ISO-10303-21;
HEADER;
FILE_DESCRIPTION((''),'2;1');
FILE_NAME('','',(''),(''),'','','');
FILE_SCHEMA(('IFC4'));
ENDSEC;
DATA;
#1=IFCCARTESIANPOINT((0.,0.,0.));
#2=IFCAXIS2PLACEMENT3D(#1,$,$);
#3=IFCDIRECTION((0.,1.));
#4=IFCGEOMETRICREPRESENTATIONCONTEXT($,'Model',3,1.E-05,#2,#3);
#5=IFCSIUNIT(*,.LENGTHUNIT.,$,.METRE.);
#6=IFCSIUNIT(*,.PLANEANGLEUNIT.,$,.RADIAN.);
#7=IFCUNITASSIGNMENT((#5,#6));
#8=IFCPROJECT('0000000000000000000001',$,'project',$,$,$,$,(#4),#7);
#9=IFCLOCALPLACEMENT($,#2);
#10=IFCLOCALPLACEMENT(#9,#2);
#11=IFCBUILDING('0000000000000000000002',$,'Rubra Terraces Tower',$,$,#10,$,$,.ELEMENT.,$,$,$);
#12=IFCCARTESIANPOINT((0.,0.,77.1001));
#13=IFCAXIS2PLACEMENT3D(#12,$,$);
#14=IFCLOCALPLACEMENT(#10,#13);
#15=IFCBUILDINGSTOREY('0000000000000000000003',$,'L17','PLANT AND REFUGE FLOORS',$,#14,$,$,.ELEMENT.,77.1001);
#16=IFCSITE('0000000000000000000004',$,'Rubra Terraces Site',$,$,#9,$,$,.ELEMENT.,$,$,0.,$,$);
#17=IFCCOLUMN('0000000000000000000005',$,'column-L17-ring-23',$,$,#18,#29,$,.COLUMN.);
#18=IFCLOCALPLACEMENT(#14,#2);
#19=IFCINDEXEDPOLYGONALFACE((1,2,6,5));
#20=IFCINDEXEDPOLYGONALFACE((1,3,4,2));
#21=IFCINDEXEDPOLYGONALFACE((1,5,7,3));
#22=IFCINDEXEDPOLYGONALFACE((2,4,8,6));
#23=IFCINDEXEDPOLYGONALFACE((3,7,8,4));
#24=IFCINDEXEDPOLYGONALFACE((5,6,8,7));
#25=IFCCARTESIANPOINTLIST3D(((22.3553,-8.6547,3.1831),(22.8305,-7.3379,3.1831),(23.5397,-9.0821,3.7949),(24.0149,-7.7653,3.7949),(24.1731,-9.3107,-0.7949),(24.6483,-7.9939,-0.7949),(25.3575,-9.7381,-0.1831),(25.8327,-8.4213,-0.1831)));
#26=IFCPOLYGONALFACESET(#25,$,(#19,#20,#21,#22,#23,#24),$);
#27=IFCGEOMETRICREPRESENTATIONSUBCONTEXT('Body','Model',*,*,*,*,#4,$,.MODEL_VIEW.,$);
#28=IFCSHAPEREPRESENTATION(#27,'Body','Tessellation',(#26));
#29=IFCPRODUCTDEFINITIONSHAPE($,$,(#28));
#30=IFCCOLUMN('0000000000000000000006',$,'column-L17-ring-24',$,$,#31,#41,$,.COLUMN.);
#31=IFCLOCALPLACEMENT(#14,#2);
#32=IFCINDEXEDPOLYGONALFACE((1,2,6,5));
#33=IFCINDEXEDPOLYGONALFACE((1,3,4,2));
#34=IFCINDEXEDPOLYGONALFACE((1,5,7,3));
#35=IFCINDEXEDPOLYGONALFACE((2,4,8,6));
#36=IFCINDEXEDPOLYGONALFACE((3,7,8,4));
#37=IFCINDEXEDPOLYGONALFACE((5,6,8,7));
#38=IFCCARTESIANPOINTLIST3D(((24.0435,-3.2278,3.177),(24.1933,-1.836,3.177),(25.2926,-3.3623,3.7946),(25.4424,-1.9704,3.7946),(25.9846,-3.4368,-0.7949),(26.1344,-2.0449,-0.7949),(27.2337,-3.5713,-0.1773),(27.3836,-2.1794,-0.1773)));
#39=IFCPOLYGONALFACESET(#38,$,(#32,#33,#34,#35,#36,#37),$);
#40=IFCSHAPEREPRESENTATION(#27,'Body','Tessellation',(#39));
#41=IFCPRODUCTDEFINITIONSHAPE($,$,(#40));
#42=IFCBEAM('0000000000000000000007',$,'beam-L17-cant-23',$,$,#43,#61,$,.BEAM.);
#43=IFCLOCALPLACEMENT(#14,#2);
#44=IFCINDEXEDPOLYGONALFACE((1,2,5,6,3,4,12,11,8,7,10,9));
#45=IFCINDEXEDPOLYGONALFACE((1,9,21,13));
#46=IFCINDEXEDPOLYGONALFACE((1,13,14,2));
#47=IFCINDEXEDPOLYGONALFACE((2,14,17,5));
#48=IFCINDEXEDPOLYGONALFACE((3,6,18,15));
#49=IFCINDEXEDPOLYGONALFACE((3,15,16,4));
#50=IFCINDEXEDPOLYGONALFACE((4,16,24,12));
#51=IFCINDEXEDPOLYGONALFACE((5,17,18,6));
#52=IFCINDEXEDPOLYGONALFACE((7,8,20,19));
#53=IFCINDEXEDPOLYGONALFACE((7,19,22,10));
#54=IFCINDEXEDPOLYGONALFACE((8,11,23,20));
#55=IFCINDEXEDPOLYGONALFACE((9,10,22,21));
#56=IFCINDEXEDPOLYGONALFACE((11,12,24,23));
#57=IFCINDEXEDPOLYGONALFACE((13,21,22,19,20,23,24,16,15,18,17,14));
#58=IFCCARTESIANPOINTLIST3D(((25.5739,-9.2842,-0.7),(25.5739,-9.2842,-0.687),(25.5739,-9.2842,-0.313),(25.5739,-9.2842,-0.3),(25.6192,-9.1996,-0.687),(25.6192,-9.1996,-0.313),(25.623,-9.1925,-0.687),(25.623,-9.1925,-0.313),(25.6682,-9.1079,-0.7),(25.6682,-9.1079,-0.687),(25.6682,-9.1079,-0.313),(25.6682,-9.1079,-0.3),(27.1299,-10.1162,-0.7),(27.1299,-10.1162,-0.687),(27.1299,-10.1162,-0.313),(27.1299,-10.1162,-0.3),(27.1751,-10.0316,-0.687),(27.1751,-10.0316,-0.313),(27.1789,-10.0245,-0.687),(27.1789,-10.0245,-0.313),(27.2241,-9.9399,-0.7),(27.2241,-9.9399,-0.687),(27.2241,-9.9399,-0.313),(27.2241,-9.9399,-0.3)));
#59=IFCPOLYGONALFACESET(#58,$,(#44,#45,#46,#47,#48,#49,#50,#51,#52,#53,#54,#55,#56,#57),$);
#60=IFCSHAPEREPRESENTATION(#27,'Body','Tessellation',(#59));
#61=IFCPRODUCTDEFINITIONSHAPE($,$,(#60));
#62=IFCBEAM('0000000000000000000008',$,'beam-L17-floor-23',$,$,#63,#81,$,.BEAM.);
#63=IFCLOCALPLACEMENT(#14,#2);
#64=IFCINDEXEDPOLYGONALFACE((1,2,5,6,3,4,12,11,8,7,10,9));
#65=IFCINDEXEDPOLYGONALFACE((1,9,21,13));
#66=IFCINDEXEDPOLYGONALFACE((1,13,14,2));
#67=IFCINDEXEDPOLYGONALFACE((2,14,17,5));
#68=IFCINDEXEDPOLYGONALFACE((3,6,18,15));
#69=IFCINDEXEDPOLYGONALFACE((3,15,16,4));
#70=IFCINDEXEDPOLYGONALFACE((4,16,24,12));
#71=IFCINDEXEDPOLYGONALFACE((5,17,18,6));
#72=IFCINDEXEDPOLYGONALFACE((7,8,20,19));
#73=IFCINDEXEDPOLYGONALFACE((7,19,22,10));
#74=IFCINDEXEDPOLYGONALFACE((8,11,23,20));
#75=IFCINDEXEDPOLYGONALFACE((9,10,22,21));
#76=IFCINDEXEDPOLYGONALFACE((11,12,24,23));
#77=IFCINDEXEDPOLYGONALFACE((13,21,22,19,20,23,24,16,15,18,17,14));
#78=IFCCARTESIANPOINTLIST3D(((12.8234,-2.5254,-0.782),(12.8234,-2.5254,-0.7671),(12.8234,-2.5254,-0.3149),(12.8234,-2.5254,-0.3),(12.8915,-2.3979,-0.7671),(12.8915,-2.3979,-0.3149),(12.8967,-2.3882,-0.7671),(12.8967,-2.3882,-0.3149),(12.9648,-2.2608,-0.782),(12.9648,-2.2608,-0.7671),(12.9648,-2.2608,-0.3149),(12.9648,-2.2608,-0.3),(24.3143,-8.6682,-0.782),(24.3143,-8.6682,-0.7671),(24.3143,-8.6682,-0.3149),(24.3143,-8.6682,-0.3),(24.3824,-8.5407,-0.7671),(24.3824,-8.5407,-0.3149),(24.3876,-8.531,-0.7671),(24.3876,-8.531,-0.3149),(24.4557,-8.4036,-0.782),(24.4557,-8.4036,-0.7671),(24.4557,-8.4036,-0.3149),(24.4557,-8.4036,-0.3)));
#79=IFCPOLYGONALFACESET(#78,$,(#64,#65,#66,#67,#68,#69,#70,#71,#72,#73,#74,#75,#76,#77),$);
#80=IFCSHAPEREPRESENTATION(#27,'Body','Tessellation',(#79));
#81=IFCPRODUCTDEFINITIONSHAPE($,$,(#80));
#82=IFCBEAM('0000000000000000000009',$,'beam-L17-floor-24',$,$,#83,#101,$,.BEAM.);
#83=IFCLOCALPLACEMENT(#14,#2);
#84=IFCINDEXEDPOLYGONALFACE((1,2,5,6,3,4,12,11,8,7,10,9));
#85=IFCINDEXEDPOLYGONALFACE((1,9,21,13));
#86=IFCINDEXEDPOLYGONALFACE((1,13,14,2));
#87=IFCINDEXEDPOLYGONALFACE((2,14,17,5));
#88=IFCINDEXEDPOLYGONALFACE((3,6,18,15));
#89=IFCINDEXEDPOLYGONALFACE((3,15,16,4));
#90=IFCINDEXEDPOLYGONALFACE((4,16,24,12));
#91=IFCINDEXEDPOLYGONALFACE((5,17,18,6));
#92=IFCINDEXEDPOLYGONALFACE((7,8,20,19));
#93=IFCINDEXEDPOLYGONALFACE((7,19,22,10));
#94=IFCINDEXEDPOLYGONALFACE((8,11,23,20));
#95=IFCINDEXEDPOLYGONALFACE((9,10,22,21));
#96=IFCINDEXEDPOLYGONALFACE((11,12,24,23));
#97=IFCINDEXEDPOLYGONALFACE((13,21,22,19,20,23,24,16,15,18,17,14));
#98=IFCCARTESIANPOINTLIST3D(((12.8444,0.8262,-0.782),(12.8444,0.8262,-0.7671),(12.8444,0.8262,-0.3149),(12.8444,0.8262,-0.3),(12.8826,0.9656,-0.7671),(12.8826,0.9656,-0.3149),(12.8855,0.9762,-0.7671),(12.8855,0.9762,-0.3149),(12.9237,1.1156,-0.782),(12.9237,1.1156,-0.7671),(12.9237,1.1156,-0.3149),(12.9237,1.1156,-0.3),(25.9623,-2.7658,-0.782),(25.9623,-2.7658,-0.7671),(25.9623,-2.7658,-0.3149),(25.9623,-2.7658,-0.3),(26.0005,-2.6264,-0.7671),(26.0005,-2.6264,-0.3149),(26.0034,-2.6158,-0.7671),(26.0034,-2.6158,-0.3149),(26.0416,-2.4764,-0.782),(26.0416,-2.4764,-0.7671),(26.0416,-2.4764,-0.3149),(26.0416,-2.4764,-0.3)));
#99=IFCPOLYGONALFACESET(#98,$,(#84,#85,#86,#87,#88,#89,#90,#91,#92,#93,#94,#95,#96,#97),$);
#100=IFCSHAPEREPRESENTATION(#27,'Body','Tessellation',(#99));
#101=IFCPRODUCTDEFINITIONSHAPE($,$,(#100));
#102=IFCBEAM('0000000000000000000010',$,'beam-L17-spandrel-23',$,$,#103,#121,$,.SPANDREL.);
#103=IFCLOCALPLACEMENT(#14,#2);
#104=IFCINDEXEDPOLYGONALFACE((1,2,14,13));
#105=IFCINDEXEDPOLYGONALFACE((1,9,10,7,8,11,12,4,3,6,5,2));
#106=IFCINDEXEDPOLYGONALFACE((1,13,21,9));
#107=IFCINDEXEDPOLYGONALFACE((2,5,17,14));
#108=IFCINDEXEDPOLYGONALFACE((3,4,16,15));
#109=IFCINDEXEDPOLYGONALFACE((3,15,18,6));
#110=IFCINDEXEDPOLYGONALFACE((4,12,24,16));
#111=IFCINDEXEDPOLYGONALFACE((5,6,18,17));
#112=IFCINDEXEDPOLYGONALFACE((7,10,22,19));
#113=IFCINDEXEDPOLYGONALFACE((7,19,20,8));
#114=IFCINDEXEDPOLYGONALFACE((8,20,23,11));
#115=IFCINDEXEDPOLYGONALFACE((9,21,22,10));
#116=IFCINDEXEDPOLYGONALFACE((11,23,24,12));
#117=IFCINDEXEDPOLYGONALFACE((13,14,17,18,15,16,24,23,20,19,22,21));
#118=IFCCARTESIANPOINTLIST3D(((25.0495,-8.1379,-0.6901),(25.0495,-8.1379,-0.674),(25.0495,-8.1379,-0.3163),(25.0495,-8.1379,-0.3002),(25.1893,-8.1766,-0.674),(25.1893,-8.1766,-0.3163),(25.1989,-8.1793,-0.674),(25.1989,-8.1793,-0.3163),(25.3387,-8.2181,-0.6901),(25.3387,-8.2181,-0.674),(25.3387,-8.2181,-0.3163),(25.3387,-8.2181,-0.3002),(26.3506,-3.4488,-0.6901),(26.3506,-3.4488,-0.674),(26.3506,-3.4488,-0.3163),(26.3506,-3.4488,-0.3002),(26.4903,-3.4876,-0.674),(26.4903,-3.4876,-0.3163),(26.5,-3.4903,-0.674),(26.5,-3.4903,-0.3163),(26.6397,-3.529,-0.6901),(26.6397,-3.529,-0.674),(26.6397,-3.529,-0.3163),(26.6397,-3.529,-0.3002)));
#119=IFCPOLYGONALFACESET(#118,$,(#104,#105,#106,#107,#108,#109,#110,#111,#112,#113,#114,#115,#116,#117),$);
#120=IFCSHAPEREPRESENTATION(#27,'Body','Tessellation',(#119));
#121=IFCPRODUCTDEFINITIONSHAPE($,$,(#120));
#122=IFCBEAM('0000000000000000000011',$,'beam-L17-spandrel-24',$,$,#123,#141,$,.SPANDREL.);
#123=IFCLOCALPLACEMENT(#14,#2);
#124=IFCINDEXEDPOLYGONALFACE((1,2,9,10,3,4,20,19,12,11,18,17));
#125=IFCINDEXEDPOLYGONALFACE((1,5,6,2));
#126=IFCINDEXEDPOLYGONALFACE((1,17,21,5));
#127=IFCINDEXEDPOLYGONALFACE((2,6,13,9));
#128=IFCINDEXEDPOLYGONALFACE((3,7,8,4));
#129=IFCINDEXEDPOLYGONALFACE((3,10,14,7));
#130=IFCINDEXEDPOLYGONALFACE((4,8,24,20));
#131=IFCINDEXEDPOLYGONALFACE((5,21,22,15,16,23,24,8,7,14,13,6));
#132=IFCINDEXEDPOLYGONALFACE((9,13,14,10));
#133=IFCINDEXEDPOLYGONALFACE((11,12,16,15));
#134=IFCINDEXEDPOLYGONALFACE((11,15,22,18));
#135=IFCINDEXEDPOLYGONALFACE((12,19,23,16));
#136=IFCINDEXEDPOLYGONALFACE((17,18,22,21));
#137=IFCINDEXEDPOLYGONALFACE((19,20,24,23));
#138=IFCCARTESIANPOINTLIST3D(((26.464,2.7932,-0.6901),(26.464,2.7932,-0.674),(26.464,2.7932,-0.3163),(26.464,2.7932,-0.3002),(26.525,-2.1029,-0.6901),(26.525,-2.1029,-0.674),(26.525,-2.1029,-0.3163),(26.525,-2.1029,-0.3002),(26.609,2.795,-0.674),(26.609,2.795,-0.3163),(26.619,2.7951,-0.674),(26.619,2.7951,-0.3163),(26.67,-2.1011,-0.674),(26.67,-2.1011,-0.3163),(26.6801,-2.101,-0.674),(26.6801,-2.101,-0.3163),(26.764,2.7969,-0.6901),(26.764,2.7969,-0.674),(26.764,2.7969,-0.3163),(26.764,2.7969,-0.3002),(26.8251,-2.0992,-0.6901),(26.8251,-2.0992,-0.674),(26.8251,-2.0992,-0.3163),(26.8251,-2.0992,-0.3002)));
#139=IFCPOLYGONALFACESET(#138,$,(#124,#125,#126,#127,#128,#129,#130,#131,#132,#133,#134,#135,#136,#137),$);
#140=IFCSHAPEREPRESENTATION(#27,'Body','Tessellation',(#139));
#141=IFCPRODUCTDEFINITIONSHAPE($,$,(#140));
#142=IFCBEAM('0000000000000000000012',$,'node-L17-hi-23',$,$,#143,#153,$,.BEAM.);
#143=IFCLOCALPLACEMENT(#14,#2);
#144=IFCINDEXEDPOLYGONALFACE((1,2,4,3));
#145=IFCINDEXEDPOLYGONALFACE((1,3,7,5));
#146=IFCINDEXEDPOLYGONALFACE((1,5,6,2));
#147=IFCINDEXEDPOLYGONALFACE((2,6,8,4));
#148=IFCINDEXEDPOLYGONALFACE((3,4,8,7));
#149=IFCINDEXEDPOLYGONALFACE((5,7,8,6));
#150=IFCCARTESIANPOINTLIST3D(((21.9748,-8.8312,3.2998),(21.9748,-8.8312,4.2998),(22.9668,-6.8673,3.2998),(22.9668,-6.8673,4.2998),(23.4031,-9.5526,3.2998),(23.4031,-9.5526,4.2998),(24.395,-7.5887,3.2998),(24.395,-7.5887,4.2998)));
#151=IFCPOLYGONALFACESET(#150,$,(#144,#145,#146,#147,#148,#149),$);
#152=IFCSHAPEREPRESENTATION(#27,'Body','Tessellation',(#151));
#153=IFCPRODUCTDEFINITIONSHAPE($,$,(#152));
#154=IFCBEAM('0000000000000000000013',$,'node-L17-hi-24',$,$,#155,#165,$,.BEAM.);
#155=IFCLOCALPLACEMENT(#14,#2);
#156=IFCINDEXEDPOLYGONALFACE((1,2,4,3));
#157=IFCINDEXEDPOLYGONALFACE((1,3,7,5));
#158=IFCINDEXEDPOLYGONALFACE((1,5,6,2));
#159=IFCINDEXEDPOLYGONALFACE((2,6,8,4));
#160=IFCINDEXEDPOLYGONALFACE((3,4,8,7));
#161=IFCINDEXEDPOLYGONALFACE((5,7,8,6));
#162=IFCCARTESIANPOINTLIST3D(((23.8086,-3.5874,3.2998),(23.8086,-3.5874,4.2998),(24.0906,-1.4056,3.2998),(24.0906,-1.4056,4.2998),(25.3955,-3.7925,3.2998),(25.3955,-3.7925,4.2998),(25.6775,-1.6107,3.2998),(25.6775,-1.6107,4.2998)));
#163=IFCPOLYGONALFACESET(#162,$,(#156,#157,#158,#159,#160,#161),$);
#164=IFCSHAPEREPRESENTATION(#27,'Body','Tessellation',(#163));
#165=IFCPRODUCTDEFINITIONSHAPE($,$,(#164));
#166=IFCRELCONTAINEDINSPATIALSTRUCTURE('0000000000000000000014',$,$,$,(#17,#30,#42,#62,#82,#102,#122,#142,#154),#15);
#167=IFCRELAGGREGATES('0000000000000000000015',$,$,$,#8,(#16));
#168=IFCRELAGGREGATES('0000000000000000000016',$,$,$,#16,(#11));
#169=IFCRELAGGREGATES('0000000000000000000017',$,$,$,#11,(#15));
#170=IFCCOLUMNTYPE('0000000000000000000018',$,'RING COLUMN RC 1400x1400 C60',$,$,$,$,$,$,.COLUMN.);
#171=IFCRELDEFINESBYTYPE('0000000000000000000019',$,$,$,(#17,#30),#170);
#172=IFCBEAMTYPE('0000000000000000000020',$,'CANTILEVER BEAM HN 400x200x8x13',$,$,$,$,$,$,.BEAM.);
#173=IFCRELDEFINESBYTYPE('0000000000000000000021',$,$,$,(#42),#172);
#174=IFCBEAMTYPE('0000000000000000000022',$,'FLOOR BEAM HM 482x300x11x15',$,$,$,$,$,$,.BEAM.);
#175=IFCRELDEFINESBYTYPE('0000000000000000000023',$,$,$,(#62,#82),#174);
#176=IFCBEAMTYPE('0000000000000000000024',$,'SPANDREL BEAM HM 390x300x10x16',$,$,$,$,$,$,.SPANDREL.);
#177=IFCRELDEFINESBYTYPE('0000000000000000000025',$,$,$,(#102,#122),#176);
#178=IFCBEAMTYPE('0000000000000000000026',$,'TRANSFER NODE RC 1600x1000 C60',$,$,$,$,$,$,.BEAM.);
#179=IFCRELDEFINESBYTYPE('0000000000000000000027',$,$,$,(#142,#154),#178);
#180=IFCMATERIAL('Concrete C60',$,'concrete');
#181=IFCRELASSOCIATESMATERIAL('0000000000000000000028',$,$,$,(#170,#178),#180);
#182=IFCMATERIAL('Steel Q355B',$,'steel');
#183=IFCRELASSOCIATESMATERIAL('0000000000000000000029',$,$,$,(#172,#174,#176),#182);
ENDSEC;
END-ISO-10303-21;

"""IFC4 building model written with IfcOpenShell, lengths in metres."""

from ifc_helpers import new_model, si_unit, direction, frame, origin, origin_2d, place, context, subcontext, project, spatial, rectangle, i_section, extrude, material, material_profile, profile_set, type_object, element, save


model = new_model("IFC4")

# Units and contexts
model_context = context("Model", 3, precision=1e-05, world=origin(), true_north=direction((0.0, 1.0)))
body_context = subcontext(model_context, "Body", "Model", "MODEL_VIEW")
ifc_project = project(units=[si_unit("LENGTHUNIT", "METRE"), si_unit("PLANEANGLEUNIT", "RADIAN")], contexts=[model_context])

# Site, building, storey
site_placement = place(None, origin())
site = spatial("IfcSite", under=ifc_project, at=site_placement, Name="Rubra Terraces Site", CompositionType="ELEMENT", RefElevation=0.0)
building_placement = place(site_placement, origin())
building = spatial("IfcBuilding", under=site, at=building_placement, Name="Rubra Terraces Tower", CompositionType="ELEMENT")
storey_placement = place(building_placement, frame((0.0, 0.0, 77.1001)))
storey = spatial("IfcBuildingStorey", under=building, at=storey_placement, Name="L17", Description="PLANT AND REFUGE FLOORS", CompositionType="ELEMENT", Elevation=77.1001)

# Columns
ifc_material_1 = material(Name="Concrete C60", Category="concrete")
ifc_material_profile_1 = material_profile(ifc_material_1, rectangle(XDim=1.3999, YDim=1.3999, at=origin_2d()), Name="RC 1400x1400")
ifc_profile_set_1 = profile_set([ifc_material_profile_1], Name="Concrete C60")
column_type = type_object("IfcColumnType", Name="RING COLUMN RC 1400x1400 C60", PredefinedType="COLUMN", material=ifc_profile_set_1)
column_1_placement = place(storey_placement, frame((25.0029, -8.866, -0.489), z_axis=(-0.411038, 0.148329, 0.89947), x_axis=(-0.33944, -0.940628, 0.0)))
element("IfcColumn", 1, at=column_1_placement, inside=storey, type_object=column_type, Name="column-L17-ring-23", PredefinedType="COLUMN", context=body_context, shape_type="SweptSolid", body=[
    extrude(rectangle(XDim=1.3999, YDim=1.3999, at=origin_2d()), origin(), (0.0, 0.0, 1.0), 4.4226),
])
column_2_placement = place(storey_placement, frame((26.6841, -2.8081, -0.4861), z_axis=(-0.438599, 0.047219, 0.897442), x_axis=(-0.107041, -0.994255, 0.0)))
element("IfcColumn", 2, at=column_2_placement, inside=storey, type_object=column_type, Name="column-L17-ring-24", PredefinedType="COLUMN", context=body_context, shape_type="SweptSolid", body=[
    extrude(rectangle(XDim=1.3999, YDim=1.3999, at=origin_2d()), origin(), (0.0, 0.0, 1.0), 4.4258),
])

# Beams
ifc_material_2 = material(Name="Steel Q355B", Category="steel")
ifc_material_profile_2 = material_profile(ifc_material_2, i_section(OverallWidth=0.2, OverallDepth=0.3999, WebThickness=0.0081, FlangeThickness=0.0129, at=origin_2d()), Name="HN 400x200x8x13")
ifc_profile_set_2 = profile_set([ifc_material_profile_2], Name="Steel Q355B")
beam_type_1 = type_object("IfcBeamType", Name="CANTILEVER BEAM HN 400x200x8x13", PredefinedType="BEAM", material=ifc_profile_set_2)
beam_1_placement = place(storey_placement, frame((25.6211, -9.196, -0.5), z_axis=(0.881831, -0.471565, 0.0), x_axis=(0.471565, 0.881831, 0.0)))
element("IfcBeam", 3, at=beam_1_placement, inside=storey, type_object=beam_type_1, Name="beam-L17-cant-23", PredefinedType="BEAM", context=body_context, shape_type="SweptSolid", body=[
    extrude(i_section(OverallWidth=0.2, OverallDepth=0.3999, WebThickness=0.0081, FlangeThickness=0.0129, at=origin_2d()), origin(), (0.0, 0.0, 1.0), 1.7644),
])
ifc_material_profile_3 = material_profile(ifc_material_2, i_section(OverallWidth=0.3, OverallDepth=0.4819, WebThickness=0.011, FlangeThickness=0.0149, at=origin_2d()), Name="HM 482x300x11x15")
ifc_profile_set_3 = profile_set([ifc_material_profile_3], Name="Steel Q355B")
beam_type_2 = type_object("IfcBeamType", Name="FLOOR BEAM HM 482x300x11x15", PredefinedType="BEAM", material=ifc_profile_set_3)
beam_2_placement = place(storey_placement, frame((24.385, -8.5359, -0.541), z_axis=(-0.881897, 0.471443, 0.0), x_axis=(-0.471443, -0.881897, 0.0)))
element("IfcBeam", 4, at=beam_2_placement, inside=storey, type_object=beam_type_2, Name="beam-L17-floor-23", PredefinedType="BEAM", context=body_context, shape_type="SweptSolid", body=[
    extrude(i_section(OverallWidth=0.3, OverallDepth=0.4819, WebThickness=0.011, FlangeThickness=0.0149, at=origin_2d()), origin(), (0.0, 0.0, 1.0), 13.0298),
])
beam_3_placement = place(storey_placement, frame((26.002, -2.6211, -0.541), z_axis=(-0.964494, 0.264105, 0.0), x_axis=(-0.264105, -0.964494, 0.0)))
element("IfcBeam", 5, at=beam_3_placement, inside=storey, type_object=beam_type_2, Name="beam-L17-floor-24", PredefinedType="BEAM", context=body_context, shape_type="SweptSolid", body=[
    extrude(i_section(OverallWidth=0.3, OverallDepth=0.4819, WebThickness=0.011, FlangeThickness=0.0149, at=origin_2d()), origin(), (0.0, 0.0, 1.0), 13.6008),
])
ifc_material_profile_4 = material_profile(ifc_material_2, i_section(OverallWidth=0.3, OverallDepth=0.3899, WebThickness=0.01, FlangeThickness=0.0161, at=origin_2d()), Name="HM 390x300x10x16")
ifc_profile_set_4 = profile_set([ifc_material_profile_4], Name="Steel Q355B")
beam_type_3 = type_object("IfcBeamType", Name="SPANDREL BEAM HM 390x300x10x16", PredefinedType="SPANDREL", material=ifc_profile_set_4)
beam_4_placement = place(storey_placement, frame((25.1941, -8.178, -0.4951), z_axis=(0.267364, 0.963595, 0.0), x_axis=(-0.963595, 0.267364, 0.0)))
element("IfcBeam", 6, at=beam_4_placement, inside=storey, type_object=beam_type_3, Name="beam-L17-spandrel-23", PredefinedType="SPANDREL", context=body_context, shape_type="SweptSolid", body=[
    extrude(i_section(OverallWidth=0.3, OverallDepth=0.3899, WebThickness=0.01, FlangeThickness=0.0161, at=origin_2d()), origin(), (0.0, 0.0, 1.0), 4.8662),
])
beam_5_placement = place(storey_placement, frame((26.675, -2.1011, -0.4951), z_axis=(-0.012465, 0.999922, 0.0), x_axis=(-0.999922, -0.012465, 0.0)))
element("IfcBeam", 7, at=beam_5_placement, inside=storey, type_object=beam_type_3, Name="beam-L17-spandrel-24", PredefinedType="SPANDREL", context=body_context, shape_type="SweptSolid", body=[
    extrude(i_section(OverallWidth=0.3, OverallDepth=0.3899, WebThickness=0.01, FlangeThickness=0.0161, at=origin_2d()), origin(), (0.0, 0.0, 1.0), 4.8965),
])
ifc_material_profile_5 = material_profile(ifc_material_1, rectangle(XDim=1.6001, YDim=1.0, at=origin_2d()), Name="RC 1600x1000")
ifc_profile_set_5 = profile_set([ifc_material_profile_5], Name="Concrete C60")
beam_type_4 = type_object("IfcBeamType", Name="TRANSFER NODE RC 1600x1000 C60", PredefinedType="BEAM", material=ifc_profile_set_5)
beam_6_placement = place(storey_placement, frame((22.689, -9.1919, 3.7998), z_axis=(0.45085, 0.8926, 0.0), x_axis=(-0.8926, 0.45085, 0.0)))
element("IfcBeam", 8, at=beam_6_placement, inside=storey, type_object=beam_type_4, Name="node-L17-hi-23", PredefinedType="BEAM", context=body_context, shape_type="SweptSolid", body=[
    extrude(rectangle(XDim=1.6001, YDim=1.0, at=origin_2d()), origin(), (0.0, 0.0, 1.0), 2.2002),
])
beam_7_placement = place(storey_placement, frame((24.6021, -3.6899, 3.7998), z_axis=(0.128172, 0.991752, 0.0), x_axis=(-0.991752, 0.128172, 0.0)))
element("IfcBeam", 9, at=beam_7_placement, inside=storey, type_object=beam_type_4, Name="node-L17-hi-24", PredefinedType="BEAM", context=body_context, shape_type="SweptSolid", body=[
    extrude(rectangle(XDim=1.6001, YDim=1.0, at=origin_2d()), origin(), (0.0, 0.0, 1.0), 2.2),
])

save(model, "model.ifc")
